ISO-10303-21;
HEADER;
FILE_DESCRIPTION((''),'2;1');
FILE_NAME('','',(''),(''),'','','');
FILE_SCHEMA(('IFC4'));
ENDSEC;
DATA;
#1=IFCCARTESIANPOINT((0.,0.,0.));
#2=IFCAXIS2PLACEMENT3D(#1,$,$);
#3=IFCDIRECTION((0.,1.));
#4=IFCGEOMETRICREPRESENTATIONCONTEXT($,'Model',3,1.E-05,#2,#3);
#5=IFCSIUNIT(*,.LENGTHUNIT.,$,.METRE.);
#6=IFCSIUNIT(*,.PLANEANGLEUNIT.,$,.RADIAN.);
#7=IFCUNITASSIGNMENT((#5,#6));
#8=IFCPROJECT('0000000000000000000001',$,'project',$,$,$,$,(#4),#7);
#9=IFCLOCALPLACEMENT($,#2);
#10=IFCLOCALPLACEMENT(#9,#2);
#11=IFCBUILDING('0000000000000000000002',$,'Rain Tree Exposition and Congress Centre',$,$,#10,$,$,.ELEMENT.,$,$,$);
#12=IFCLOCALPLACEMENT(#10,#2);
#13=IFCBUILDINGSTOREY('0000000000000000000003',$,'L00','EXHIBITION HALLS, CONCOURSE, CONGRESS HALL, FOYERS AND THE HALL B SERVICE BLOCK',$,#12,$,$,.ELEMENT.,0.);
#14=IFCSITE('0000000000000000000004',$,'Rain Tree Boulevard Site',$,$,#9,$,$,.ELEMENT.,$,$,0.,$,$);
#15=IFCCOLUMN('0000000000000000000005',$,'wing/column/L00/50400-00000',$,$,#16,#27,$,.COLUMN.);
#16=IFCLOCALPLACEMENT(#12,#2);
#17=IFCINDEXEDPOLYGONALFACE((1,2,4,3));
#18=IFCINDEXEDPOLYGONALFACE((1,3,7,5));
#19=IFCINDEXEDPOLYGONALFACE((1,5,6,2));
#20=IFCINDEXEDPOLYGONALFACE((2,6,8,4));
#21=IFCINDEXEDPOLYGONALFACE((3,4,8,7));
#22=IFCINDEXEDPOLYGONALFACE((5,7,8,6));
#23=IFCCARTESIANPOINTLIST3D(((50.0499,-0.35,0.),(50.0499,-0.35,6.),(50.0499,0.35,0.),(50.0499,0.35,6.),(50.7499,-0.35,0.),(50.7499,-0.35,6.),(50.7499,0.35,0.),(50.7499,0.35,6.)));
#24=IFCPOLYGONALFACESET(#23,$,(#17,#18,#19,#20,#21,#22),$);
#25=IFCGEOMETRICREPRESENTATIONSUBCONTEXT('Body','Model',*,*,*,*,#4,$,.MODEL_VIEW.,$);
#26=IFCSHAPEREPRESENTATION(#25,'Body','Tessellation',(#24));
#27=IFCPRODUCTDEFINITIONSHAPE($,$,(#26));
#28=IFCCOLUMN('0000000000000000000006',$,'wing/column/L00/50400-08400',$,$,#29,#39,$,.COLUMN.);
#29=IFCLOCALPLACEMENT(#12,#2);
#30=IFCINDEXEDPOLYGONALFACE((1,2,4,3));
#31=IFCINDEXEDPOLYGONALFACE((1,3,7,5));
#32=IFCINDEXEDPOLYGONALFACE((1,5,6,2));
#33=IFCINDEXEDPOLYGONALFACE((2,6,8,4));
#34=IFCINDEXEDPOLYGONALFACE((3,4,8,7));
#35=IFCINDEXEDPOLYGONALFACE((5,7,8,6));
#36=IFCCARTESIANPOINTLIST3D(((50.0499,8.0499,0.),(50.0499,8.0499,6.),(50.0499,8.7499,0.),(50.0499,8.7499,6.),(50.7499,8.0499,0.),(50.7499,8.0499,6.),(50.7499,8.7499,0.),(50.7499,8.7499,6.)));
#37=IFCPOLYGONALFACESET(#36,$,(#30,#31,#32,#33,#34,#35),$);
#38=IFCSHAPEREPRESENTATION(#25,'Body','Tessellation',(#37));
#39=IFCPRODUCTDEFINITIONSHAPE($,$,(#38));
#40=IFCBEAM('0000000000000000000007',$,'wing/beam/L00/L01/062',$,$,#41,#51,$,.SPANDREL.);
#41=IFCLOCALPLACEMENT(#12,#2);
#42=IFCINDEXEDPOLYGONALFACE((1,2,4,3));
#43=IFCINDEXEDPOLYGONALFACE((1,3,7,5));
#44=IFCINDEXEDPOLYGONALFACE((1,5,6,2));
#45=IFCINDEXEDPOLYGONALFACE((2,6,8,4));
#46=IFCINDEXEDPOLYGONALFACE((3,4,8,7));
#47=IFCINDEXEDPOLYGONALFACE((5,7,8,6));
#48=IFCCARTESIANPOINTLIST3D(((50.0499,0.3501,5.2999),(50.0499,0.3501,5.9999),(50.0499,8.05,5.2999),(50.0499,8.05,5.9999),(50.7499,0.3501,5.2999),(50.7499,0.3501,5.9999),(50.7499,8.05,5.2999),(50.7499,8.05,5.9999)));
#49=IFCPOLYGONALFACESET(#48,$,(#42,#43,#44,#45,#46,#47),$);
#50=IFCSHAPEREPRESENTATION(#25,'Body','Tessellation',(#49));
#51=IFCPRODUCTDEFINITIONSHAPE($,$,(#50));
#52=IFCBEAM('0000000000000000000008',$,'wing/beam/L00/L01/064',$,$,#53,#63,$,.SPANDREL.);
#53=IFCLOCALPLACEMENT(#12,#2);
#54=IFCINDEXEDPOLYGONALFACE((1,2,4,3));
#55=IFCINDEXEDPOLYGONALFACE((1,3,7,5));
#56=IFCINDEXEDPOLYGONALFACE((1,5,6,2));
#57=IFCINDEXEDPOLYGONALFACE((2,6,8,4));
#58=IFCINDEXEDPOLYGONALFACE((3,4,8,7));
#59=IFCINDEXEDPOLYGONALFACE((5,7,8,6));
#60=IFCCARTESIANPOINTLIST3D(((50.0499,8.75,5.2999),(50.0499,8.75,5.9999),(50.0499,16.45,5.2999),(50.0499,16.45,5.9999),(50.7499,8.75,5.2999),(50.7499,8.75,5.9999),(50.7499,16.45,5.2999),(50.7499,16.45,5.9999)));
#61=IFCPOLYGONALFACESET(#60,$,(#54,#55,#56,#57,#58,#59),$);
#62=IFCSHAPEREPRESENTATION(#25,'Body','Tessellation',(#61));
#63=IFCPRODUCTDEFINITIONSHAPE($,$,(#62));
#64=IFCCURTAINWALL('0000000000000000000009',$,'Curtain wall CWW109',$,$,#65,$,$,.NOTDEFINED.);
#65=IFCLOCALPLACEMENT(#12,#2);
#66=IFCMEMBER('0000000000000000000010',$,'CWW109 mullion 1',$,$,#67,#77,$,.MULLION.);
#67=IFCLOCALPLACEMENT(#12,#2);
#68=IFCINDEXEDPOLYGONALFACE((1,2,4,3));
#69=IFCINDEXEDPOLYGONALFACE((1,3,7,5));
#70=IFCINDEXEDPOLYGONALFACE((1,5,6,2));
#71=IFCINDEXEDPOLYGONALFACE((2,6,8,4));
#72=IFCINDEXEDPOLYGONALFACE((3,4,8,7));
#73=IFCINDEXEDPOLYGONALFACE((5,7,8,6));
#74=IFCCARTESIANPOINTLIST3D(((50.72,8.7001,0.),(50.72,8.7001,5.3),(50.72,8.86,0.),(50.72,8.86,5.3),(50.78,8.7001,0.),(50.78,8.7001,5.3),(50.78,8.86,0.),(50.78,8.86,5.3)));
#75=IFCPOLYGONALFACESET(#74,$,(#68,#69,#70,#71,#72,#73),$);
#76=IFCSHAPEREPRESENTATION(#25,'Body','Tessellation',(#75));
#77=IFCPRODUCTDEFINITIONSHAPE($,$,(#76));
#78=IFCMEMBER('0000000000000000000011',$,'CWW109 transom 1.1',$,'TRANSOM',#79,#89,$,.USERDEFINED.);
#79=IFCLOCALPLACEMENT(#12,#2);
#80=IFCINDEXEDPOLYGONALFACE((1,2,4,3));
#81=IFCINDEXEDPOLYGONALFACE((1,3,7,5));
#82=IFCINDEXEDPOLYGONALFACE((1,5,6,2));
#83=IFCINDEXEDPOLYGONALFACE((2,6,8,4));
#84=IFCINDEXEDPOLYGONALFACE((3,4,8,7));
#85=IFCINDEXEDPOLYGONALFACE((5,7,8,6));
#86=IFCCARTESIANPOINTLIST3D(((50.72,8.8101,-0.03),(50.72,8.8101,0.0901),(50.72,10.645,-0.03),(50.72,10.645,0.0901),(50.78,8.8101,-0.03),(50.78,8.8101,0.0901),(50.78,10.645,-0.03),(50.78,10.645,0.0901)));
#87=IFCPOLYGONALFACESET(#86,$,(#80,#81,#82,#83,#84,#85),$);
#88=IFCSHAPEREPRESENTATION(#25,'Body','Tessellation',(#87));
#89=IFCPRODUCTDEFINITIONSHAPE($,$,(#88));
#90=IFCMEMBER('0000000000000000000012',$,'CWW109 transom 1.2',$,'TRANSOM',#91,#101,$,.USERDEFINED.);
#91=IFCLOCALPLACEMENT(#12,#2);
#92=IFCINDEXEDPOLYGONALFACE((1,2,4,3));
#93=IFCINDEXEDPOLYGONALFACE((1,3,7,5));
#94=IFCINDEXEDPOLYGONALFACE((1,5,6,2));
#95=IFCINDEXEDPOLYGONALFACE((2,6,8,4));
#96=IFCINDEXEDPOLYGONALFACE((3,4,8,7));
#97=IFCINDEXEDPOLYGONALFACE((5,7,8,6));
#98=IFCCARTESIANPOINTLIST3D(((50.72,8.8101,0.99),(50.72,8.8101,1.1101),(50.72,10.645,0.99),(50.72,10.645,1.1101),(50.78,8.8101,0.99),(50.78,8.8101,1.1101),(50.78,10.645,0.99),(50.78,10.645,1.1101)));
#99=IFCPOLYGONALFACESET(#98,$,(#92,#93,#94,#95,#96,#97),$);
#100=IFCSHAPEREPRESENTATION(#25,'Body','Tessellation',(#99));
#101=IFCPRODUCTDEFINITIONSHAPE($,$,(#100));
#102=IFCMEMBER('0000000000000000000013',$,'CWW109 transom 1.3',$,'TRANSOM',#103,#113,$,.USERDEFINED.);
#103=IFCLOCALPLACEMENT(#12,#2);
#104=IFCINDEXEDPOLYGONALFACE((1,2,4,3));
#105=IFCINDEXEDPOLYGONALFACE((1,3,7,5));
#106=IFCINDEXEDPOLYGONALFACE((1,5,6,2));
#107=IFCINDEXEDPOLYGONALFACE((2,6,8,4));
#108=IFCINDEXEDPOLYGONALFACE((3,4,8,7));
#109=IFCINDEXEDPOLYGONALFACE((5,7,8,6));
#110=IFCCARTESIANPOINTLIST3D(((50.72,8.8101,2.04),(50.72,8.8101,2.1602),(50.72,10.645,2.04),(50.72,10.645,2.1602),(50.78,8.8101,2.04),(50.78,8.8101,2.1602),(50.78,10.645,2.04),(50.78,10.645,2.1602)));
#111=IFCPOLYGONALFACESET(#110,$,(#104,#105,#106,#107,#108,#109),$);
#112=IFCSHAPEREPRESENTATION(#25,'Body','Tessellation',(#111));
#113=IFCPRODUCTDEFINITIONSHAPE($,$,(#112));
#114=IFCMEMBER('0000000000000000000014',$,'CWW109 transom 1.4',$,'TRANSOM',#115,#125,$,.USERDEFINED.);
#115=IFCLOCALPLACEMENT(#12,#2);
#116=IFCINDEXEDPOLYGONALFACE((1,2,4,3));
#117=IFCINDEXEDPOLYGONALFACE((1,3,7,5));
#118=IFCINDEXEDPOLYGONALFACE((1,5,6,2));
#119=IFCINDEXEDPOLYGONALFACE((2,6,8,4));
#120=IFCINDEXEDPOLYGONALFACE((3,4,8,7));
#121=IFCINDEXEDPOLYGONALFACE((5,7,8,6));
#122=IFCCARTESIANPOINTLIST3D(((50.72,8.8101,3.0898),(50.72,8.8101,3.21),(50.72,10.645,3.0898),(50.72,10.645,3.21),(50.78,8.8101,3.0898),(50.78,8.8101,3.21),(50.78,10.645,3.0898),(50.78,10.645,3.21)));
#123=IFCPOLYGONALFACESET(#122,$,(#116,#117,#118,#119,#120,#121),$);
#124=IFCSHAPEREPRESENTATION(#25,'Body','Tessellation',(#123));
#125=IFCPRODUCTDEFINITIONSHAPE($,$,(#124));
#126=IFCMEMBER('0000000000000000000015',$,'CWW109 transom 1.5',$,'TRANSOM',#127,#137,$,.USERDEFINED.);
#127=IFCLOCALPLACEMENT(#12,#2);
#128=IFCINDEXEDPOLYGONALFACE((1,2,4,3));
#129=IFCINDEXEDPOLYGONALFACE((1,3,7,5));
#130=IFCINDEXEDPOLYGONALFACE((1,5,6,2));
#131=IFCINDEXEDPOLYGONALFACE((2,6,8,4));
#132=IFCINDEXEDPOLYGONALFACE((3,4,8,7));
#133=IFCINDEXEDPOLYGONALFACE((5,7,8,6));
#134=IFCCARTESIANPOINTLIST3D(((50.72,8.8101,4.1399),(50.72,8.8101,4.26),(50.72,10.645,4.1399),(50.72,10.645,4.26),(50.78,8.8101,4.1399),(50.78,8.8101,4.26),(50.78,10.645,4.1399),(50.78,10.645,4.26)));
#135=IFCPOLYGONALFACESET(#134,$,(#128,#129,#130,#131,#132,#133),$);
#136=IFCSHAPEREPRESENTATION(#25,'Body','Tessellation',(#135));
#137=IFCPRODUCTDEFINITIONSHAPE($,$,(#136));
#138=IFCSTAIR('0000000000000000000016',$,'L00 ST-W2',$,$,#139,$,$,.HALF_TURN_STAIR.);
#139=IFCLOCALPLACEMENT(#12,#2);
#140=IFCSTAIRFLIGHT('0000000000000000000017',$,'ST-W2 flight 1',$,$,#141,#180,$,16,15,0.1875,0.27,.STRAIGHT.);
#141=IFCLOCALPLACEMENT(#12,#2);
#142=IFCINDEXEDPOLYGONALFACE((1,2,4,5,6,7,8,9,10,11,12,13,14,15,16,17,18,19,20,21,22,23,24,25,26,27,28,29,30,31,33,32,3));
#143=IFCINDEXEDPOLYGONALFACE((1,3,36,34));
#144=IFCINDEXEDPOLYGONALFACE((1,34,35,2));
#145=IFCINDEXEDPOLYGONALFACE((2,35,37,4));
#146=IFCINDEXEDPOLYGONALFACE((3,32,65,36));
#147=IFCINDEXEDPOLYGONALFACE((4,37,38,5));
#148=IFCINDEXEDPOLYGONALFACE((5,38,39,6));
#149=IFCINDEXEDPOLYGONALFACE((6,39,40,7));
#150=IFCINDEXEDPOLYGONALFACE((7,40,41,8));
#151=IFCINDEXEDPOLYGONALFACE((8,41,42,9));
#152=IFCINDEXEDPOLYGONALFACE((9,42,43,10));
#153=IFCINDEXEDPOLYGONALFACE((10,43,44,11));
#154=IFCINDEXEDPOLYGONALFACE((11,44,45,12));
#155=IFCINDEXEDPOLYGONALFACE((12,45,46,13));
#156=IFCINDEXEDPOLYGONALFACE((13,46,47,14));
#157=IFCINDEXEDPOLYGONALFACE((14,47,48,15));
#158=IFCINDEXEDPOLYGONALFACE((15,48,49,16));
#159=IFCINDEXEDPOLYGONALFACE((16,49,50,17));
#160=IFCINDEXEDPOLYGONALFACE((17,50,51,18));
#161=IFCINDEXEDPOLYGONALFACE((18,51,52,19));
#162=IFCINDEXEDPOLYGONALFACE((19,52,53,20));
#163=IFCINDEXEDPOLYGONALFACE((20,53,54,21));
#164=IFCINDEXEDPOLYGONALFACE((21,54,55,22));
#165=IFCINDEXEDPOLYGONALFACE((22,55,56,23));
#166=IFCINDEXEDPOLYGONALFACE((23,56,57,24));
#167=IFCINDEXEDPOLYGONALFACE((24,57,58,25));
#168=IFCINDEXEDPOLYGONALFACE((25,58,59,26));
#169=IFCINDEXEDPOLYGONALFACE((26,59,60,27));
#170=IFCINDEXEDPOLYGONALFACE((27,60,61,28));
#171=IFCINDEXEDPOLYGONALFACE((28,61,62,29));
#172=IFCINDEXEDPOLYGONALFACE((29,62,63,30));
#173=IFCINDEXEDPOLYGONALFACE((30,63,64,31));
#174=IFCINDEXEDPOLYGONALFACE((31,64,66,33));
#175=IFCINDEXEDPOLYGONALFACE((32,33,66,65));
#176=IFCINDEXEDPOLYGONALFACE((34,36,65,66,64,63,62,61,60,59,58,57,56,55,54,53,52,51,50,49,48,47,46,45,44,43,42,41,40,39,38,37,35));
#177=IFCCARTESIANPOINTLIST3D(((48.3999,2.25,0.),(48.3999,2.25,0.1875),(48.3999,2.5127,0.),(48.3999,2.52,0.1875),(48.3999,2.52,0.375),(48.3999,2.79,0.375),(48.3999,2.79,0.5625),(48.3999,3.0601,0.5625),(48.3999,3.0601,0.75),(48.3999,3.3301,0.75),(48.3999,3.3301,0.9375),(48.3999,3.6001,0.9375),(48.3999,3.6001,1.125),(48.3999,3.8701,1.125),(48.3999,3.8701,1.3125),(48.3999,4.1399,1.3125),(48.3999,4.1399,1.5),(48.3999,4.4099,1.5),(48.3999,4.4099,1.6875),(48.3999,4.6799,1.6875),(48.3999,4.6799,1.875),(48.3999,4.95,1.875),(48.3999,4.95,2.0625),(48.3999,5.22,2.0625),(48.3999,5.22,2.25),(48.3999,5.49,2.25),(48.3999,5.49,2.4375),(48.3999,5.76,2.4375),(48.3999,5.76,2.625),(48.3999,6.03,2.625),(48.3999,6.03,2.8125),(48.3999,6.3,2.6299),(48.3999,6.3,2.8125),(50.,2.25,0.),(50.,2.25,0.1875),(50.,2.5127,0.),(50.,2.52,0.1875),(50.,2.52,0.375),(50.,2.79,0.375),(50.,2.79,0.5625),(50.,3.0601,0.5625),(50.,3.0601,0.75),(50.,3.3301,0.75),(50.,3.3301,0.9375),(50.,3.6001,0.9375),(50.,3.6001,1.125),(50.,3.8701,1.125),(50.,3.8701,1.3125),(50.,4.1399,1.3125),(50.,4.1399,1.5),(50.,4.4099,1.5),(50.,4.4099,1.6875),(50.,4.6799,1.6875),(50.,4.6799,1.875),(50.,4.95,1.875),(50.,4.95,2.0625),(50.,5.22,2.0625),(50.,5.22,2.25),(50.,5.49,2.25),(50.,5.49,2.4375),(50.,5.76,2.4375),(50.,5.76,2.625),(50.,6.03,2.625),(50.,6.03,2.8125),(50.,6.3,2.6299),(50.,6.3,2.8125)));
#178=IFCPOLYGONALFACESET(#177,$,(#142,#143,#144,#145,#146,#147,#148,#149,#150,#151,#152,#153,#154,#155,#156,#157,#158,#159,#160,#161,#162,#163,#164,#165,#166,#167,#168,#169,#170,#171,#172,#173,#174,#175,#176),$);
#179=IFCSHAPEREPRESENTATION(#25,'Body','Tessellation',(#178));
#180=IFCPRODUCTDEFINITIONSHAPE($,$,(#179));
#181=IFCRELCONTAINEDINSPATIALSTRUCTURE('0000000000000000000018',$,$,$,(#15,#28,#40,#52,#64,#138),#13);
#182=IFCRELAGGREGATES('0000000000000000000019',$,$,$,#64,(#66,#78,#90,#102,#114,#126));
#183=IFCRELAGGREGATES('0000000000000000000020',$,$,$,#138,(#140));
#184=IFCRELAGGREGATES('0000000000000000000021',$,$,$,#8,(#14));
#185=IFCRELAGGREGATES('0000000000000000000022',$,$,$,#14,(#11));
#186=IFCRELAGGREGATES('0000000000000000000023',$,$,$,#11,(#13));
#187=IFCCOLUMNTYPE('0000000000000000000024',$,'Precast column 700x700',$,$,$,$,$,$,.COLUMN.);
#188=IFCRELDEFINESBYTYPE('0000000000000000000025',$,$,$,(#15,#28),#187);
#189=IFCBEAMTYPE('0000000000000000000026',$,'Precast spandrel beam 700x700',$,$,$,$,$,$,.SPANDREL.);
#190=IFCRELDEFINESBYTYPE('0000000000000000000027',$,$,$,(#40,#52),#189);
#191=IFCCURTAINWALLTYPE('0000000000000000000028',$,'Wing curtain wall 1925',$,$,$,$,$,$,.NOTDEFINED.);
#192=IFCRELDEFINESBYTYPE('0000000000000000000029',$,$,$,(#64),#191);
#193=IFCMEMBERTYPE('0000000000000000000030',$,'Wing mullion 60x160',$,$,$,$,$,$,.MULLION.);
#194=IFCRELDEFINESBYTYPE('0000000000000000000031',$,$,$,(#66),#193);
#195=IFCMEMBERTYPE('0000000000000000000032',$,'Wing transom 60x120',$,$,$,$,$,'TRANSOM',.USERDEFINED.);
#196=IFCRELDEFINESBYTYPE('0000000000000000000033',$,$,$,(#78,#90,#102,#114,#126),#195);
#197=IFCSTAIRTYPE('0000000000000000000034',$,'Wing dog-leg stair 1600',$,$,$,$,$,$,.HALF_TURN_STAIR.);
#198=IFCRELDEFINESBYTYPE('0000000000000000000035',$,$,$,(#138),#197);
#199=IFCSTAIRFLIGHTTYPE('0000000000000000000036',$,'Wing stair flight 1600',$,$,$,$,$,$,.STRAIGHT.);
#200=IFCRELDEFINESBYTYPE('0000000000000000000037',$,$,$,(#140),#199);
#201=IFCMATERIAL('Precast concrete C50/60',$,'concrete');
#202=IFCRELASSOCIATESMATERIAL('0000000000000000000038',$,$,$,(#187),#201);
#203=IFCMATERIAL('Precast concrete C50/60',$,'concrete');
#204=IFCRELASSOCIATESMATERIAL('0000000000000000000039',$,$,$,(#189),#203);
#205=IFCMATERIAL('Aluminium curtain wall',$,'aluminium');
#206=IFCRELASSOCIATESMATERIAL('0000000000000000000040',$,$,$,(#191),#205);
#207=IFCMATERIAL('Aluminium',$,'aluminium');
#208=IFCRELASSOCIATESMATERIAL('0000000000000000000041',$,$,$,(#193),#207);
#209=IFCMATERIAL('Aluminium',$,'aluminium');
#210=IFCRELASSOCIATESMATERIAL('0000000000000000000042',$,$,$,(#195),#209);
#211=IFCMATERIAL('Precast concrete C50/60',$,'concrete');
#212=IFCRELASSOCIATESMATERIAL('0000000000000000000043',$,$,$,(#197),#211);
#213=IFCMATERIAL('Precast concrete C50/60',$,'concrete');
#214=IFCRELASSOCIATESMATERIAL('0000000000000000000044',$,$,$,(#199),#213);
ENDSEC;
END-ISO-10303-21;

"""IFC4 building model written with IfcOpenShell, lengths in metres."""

from ifc_helpers import new_model, si_unit, direction, frame, origin, origin_2d, place, context, subcontext, project, spatial, polyline, rectangle, outline, extrude, material, material_profile, profile_set, type_object, element, aggregate, save


model = new_model("IFC4")

# Units and contexts
model_context = context("Model", 3, precision=1e-05, world=origin(), true_north=direction((0.0, 1.0)))
body_context = subcontext(model_context, "Body", "Model", "MODEL_VIEW")
ifc_project = project(units=[si_unit("LENGTHUNIT", "METRE"), si_unit("PLANEANGLEUNIT", "RADIAN")], contexts=[model_context])

# Site, building, storey
site_placement = place(None, origin())
site = spatial("IfcSite", under=ifc_project, at=site_placement, Name="Rain Tree Boulevard Site", CompositionType="ELEMENT", RefElevation=0.0)
building_placement = place(site_placement, origin())
building = spatial("IfcBuilding", under=site, at=building_placement, Name="Rain Tree Exposition and Congress Centre", CompositionType="ELEMENT")
storey_placement = place(building_placement, origin())
storey = spatial("IfcBuildingStorey", under=building, at=storey_placement, Name="L00", Description="EXHIBITION HALLS, CONCOURSE, CONGRESS HALL, FOYERS AND THE HALL B SERVICE BLOCK", CompositionType="ELEMENT", Elevation=0.0)

# Columns
ifc_material_1 = material(Name="Precast concrete C50/60", Category="concrete")
ifc_material_profile_1 = material_profile(ifc_material_1, rectangle(XDim=0.7, YDim=0.7, at=origin_2d()), Name="RC 700x700")
ifc_profile_set_1 = profile_set([ifc_material_profile_1], Name="Precast concrete C50/60")
column_type = type_object("IfcColumnType", Name="Precast column 700x700", PredefinedType="COLUMN", material=ifc_profile_set_1)
for number, where, z_axis, x_axis, name in (
    (1, (50.3999, 0.0, 0.0), (0.0, 0.0, 1.0), (1.0, 0.0, 0.0), "wing/column/L00/50400-00000"),
    (2, (50.3999, 8.3999, 0.0), (0.0, 0.0, 1.0), (1.0, 0.0, 0.0), "wing/column/L00/50400-08400"),
):
    element("IfcColumn", number, at=place(storey_placement, frame(where, z_axis=z_axis, x_axis=x_axis)), inside=storey, type_object=column_type, Name=name, PredefinedType="COLUMN", context=body_context, shape_type="SweptSolid", body=[
        extrude(rectangle(XDim=0.7, YDim=0.7, at=origin_2d()), origin(), (0.0, 0.0, 1.0), 6.0),
    ])

# Beams
ifc_material_2 = material(Name="Precast concrete C50/60", Category="concrete")
ifc_material_profile_2 = material_profile(ifc_material_2, rectangle(XDim=0.7, YDim=0.7, at=origin_2d()), Name="RC 700x700")
ifc_profile_set_2 = profile_set([ifc_material_profile_2], Name="Precast concrete C50/60")
beam_type = type_object("IfcBeamType", Name="Precast spandrel beam 700x700", PredefinedType="SPANDREL", material=ifc_profile_set_2)
for number, where, z_axis, x_axis, name in (
    (3, (50.3999, 0.3501, 5.6499), (0.0, 1.0, 0.0), (-1.0, 0.0, 0.0), "wing/beam/L00/L01/062"),
    (4, (50.3999, 8.75, 5.6499), (0.0, 1.0, 0.0), (-1.0, 0.0, 0.0), "wing/beam/L00/L01/064"),
):
    element("IfcBeam", number, at=place(storey_placement, frame(where, z_axis=z_axis, x_axis=x_axis)), inside=storey, type_object=beam_type, Name=name, PredefinedType="SPANDREL", context=body_context, shape_type="SweptSolid", body=[
        extrude(rectangle(XDim=0.7, YDim=0.7, at=origin_2d()), origin(), (0.0, 0.0, 1.0), 7.7),
    ])

# Curtain wall, members
ifc_material_3 = material(Name="Aluminium curtain wall", Category="aluminium")
curtain_wall_type = type_object("IfcCurtainWallType", Name="Wing curtain wall 1925", PredefinedType="NOTDEFINED", material=ifc_material_3)
curtain_wall_placement = place(storey_placement, origin())
curtain_wall = element("IfcCurtainWall", 5, at=curtain_wall_placement, inside=storey, type_object=curtain_wall_type, Name="Curtain wall CWW109", PredefinedType="NOTDEFINED")
ifc_material_4 = material(Name="Aluminium", Category="aluminium")
ifc_material_profile_3 = material_profile(ifc_material_4, rectangle(XDim=0.0601, YDim=0.1599, at=origin_2d()), Name="Aluminium 60x160")
ifc_profile_set_3 = profile_set([ifc_material_profile_3], Name="Aluminium")
member_type_1 = type_object("IfcMemberType", Name="Wing mullion 60x160", PredefinedType="MULLION", material=ifc_profile_set_3)
member_1_placement = place(storey_placement, frame((50.75, 8.78, 0.0), z_axis=(0.0, 0.0, 1.0), x_axis=(-1.0, 0.0, 0.0)))
member_1 = element("IfcMember", 6, at=member_1_placement, type_object=member_type_1, Name="CWW109 mullion 1", PredefinedType="MULLION", context=body_context, shape_type="SweptSolid", body=[
    extrude(rectangle(XDim=0.0601, YDim=0.1599, at=origin_2d()), origin(), (0.0, 0.0, 1.0), 5.3),
])
ifc_material_5 = material(Name="Aluminium", Category="aluminium")
ifc_material_profile_4 = material_profile(ifc_material_5, rectangle(XDim=0.0601, YDim=0.1201, at=origin_2d()), Name="Aluminium 60x120")
ifc_profile_set_4 = profile_set([ifc_material_profile_4], Name="Aluminium")
member_type_2 = type_object("IfcMemberType", Name="Wing transom 60x120", ElementType="TRANSOM", PredefinedType="USERDEFINED", material=ifc_profile_set_4)
member_2_placement = place(storey_placement, frame((50.75, 8.8101, 0.03), z_axis=(0.0, 1.0, 0.0), x_axis=(-1.0, 0.0, 0.0)))
member_2 = element("IfcMember", 7, at=member_2_placement, type_object=member_type_2, Name="CWW109 transom 1.1", ObjectType="TRANSOM", PredefinedType="USERDEFINED", context=body_context, shape_type="SweptSolid", body=[
    extrude(rectangle(XDim=0.0601, YDim=0.1201, at=origin_2d()), origin(), (0.0, 0.0, 1.0), 1.835),
])
member_3_placement = place(storey_placement, frame((50.75, 8.8101, 1.05), z_axis=(0.0, 1.0, 0.0), x_axis=(-1.0, 0.0, 0.0)))
member_3 = element("IfcMember", 8, at=member_3_placement, type_object=member_type_2, Name="CWW109 transom 1.2", ObjectType="TRANSOM", PredefinedType="USERDEFINED", context=body_context, shape_type="SweptSolid", body=[
    extrude(rectangle(XDim=0.0601, YDim=0.1201, at=origin_2d()), origin(), (0.0, 0.0, 1.0), 1.835),
])
member_4_placement = place(storey_placement, frame((50.75, 8.8101, 2.1001), z_axis=(0.0, 1.0, 0.0), x_axis=(-1.0, 0.0, 0.0)))
member_4 = element("IfcMember", 9, at=member_4_placement, type_object=member_type_2, Name="CWW109 transom 1.3", ObjectType="TRANSOM", PredefinedType="USERDEFINED", context=body_context, shape_type="SweptSolid", body=[
    extrude(rectangle(XDim=0.0601, YDim=0.1201, at=origin_2d()), origin(), (0.0, 0.0, 1.0), 1.835),
])
member_5_placement = place(storey_placement, frame((50.75, 8.8101, 3.1499), z_axis=(0.0, 1.0, 0.0), x_axis=(-1.0, 0.0, 0.0)))
member_5 = element("IfcMember", 10, at=member_5_placement, type_object=member_type_2, Name="CWW109 transom 1.4", ObjectType="TRANSOM", PredefinedType="USERDEFINED", context=body_context, shape_type="SweptSolid", body=[
    extrude(rectangle(XDim=0.0601, YDim=0.1201, at=origin_2d()), origin(), (0.0, 0.0, 1.0), 1.835),
])
member_6_placement = place(storey_placement, frame((50.75, 8.8101, 4.2), z_axis=(0.0, 1.0, 0.0), x_axis=(-1.0, 0.0, 0.0)))
member_6 = element("IfcMember", 11, at=member_6_placement, type_object=member_type_2, Name="CWW109 transom 1.5", ObjectType="TRANSOM", PredefinedType="USERDEFINED", context=body_context, shape_type="SweptSolid", body=[
    extrude(rectangle(XDim=0.0601, YDim=0.1201, at=origin_2d()), origin(), (0.0, 0.0, 1.0), 1.835),
])
aggregate(curtain_wall, [member_1, member_2, member_3, member_4, member_5, member_6])

# Stair, stair flight
ifc_material_6 = material(Name="Precast concrete C50/60", Category="concrete")
stair_type = type_object("IfcStairType", Name="Wing dog-leg stair 1600", PredefinedType="HALF_TURN_STAIR", material=ifc_material_6)
stair_placement = place(storey_placement, origin())
stair = element("IfcStair", 12, at=stair_placement, inside=storey, type_object=stair_type, Name="L00 ST-W2", PredefinedType="HALF_TURN_STAIR")
ifc_material_7 = material(Name="Precast concrete C50/60", Category="concrete")
stair_flight_type = type_object("IfcStairFlightType", Name="Wing stair flight 1600", PredefinedType="STRAIGHT", material=ifc_material_7)
stair_flight_placement = place(storey_placement, frame((49.2, 2.25, 0.0), z_axis=(0.0, 0.0, 1.0), x_axis=(0.0, 1.0, 0.0)))
stair_flight = element("IfcStairFlight", 13, at=stair_flight_placement, type_object=stair_flight_type, Name="ST-W2 flight 1", NumberOfRisers=16, NumberOfTreads=15, PredefinedType="STRAIGHT", RiserHeight=0.1875, TreadLength=0.27, context=body_context, shape_type="SweptSolid", body=[
    extrude(outline(polyline([(0.0, 0.0), (0.0, 0.1875), (0.27, 0.1875), (0.27, 0.375), (0.54, 0.375), (0.54, 0.5625), (0.8101, 0.5625), (0.8101, 0.75), (1.0801, 0.75), (1.0801, 0.9375), (1.3501, 0.9375), (1.3501, 1.125), (1.6201, 1.125), (1.6201, 1.3125), (1.8899, 1.3125), (1.8899, 1.5), (2.1599, 1.5), (2.1599, 1.6875), (2.4299, 1.6875), (2.4299, 1.875), (2.7, 1.875), (2.7, 2.0625), (2.97, 2.0625), (2.97, 2.25), (3.24, 2.25), (3.24, 2.4375), (3.51, 2.4375), (3.51, 2.625), (3.78, 2.625), (3.78, 2.8125), (4.05, 2.8125), (4.05, 3.0), (4.05, 2.6299), (0.2627, 0.0), (0.0, 0.0)])), frame((0.0, 0.8, 0.0), z_axis=(0.0, -1.0, 0.0), x_axis=(1.0, 0.0, 0.0)), (0.0, 0.0, 1.0), 1.6001),
])
aggregate(stair, [stair_flight])

save(model, "model.ifc")
